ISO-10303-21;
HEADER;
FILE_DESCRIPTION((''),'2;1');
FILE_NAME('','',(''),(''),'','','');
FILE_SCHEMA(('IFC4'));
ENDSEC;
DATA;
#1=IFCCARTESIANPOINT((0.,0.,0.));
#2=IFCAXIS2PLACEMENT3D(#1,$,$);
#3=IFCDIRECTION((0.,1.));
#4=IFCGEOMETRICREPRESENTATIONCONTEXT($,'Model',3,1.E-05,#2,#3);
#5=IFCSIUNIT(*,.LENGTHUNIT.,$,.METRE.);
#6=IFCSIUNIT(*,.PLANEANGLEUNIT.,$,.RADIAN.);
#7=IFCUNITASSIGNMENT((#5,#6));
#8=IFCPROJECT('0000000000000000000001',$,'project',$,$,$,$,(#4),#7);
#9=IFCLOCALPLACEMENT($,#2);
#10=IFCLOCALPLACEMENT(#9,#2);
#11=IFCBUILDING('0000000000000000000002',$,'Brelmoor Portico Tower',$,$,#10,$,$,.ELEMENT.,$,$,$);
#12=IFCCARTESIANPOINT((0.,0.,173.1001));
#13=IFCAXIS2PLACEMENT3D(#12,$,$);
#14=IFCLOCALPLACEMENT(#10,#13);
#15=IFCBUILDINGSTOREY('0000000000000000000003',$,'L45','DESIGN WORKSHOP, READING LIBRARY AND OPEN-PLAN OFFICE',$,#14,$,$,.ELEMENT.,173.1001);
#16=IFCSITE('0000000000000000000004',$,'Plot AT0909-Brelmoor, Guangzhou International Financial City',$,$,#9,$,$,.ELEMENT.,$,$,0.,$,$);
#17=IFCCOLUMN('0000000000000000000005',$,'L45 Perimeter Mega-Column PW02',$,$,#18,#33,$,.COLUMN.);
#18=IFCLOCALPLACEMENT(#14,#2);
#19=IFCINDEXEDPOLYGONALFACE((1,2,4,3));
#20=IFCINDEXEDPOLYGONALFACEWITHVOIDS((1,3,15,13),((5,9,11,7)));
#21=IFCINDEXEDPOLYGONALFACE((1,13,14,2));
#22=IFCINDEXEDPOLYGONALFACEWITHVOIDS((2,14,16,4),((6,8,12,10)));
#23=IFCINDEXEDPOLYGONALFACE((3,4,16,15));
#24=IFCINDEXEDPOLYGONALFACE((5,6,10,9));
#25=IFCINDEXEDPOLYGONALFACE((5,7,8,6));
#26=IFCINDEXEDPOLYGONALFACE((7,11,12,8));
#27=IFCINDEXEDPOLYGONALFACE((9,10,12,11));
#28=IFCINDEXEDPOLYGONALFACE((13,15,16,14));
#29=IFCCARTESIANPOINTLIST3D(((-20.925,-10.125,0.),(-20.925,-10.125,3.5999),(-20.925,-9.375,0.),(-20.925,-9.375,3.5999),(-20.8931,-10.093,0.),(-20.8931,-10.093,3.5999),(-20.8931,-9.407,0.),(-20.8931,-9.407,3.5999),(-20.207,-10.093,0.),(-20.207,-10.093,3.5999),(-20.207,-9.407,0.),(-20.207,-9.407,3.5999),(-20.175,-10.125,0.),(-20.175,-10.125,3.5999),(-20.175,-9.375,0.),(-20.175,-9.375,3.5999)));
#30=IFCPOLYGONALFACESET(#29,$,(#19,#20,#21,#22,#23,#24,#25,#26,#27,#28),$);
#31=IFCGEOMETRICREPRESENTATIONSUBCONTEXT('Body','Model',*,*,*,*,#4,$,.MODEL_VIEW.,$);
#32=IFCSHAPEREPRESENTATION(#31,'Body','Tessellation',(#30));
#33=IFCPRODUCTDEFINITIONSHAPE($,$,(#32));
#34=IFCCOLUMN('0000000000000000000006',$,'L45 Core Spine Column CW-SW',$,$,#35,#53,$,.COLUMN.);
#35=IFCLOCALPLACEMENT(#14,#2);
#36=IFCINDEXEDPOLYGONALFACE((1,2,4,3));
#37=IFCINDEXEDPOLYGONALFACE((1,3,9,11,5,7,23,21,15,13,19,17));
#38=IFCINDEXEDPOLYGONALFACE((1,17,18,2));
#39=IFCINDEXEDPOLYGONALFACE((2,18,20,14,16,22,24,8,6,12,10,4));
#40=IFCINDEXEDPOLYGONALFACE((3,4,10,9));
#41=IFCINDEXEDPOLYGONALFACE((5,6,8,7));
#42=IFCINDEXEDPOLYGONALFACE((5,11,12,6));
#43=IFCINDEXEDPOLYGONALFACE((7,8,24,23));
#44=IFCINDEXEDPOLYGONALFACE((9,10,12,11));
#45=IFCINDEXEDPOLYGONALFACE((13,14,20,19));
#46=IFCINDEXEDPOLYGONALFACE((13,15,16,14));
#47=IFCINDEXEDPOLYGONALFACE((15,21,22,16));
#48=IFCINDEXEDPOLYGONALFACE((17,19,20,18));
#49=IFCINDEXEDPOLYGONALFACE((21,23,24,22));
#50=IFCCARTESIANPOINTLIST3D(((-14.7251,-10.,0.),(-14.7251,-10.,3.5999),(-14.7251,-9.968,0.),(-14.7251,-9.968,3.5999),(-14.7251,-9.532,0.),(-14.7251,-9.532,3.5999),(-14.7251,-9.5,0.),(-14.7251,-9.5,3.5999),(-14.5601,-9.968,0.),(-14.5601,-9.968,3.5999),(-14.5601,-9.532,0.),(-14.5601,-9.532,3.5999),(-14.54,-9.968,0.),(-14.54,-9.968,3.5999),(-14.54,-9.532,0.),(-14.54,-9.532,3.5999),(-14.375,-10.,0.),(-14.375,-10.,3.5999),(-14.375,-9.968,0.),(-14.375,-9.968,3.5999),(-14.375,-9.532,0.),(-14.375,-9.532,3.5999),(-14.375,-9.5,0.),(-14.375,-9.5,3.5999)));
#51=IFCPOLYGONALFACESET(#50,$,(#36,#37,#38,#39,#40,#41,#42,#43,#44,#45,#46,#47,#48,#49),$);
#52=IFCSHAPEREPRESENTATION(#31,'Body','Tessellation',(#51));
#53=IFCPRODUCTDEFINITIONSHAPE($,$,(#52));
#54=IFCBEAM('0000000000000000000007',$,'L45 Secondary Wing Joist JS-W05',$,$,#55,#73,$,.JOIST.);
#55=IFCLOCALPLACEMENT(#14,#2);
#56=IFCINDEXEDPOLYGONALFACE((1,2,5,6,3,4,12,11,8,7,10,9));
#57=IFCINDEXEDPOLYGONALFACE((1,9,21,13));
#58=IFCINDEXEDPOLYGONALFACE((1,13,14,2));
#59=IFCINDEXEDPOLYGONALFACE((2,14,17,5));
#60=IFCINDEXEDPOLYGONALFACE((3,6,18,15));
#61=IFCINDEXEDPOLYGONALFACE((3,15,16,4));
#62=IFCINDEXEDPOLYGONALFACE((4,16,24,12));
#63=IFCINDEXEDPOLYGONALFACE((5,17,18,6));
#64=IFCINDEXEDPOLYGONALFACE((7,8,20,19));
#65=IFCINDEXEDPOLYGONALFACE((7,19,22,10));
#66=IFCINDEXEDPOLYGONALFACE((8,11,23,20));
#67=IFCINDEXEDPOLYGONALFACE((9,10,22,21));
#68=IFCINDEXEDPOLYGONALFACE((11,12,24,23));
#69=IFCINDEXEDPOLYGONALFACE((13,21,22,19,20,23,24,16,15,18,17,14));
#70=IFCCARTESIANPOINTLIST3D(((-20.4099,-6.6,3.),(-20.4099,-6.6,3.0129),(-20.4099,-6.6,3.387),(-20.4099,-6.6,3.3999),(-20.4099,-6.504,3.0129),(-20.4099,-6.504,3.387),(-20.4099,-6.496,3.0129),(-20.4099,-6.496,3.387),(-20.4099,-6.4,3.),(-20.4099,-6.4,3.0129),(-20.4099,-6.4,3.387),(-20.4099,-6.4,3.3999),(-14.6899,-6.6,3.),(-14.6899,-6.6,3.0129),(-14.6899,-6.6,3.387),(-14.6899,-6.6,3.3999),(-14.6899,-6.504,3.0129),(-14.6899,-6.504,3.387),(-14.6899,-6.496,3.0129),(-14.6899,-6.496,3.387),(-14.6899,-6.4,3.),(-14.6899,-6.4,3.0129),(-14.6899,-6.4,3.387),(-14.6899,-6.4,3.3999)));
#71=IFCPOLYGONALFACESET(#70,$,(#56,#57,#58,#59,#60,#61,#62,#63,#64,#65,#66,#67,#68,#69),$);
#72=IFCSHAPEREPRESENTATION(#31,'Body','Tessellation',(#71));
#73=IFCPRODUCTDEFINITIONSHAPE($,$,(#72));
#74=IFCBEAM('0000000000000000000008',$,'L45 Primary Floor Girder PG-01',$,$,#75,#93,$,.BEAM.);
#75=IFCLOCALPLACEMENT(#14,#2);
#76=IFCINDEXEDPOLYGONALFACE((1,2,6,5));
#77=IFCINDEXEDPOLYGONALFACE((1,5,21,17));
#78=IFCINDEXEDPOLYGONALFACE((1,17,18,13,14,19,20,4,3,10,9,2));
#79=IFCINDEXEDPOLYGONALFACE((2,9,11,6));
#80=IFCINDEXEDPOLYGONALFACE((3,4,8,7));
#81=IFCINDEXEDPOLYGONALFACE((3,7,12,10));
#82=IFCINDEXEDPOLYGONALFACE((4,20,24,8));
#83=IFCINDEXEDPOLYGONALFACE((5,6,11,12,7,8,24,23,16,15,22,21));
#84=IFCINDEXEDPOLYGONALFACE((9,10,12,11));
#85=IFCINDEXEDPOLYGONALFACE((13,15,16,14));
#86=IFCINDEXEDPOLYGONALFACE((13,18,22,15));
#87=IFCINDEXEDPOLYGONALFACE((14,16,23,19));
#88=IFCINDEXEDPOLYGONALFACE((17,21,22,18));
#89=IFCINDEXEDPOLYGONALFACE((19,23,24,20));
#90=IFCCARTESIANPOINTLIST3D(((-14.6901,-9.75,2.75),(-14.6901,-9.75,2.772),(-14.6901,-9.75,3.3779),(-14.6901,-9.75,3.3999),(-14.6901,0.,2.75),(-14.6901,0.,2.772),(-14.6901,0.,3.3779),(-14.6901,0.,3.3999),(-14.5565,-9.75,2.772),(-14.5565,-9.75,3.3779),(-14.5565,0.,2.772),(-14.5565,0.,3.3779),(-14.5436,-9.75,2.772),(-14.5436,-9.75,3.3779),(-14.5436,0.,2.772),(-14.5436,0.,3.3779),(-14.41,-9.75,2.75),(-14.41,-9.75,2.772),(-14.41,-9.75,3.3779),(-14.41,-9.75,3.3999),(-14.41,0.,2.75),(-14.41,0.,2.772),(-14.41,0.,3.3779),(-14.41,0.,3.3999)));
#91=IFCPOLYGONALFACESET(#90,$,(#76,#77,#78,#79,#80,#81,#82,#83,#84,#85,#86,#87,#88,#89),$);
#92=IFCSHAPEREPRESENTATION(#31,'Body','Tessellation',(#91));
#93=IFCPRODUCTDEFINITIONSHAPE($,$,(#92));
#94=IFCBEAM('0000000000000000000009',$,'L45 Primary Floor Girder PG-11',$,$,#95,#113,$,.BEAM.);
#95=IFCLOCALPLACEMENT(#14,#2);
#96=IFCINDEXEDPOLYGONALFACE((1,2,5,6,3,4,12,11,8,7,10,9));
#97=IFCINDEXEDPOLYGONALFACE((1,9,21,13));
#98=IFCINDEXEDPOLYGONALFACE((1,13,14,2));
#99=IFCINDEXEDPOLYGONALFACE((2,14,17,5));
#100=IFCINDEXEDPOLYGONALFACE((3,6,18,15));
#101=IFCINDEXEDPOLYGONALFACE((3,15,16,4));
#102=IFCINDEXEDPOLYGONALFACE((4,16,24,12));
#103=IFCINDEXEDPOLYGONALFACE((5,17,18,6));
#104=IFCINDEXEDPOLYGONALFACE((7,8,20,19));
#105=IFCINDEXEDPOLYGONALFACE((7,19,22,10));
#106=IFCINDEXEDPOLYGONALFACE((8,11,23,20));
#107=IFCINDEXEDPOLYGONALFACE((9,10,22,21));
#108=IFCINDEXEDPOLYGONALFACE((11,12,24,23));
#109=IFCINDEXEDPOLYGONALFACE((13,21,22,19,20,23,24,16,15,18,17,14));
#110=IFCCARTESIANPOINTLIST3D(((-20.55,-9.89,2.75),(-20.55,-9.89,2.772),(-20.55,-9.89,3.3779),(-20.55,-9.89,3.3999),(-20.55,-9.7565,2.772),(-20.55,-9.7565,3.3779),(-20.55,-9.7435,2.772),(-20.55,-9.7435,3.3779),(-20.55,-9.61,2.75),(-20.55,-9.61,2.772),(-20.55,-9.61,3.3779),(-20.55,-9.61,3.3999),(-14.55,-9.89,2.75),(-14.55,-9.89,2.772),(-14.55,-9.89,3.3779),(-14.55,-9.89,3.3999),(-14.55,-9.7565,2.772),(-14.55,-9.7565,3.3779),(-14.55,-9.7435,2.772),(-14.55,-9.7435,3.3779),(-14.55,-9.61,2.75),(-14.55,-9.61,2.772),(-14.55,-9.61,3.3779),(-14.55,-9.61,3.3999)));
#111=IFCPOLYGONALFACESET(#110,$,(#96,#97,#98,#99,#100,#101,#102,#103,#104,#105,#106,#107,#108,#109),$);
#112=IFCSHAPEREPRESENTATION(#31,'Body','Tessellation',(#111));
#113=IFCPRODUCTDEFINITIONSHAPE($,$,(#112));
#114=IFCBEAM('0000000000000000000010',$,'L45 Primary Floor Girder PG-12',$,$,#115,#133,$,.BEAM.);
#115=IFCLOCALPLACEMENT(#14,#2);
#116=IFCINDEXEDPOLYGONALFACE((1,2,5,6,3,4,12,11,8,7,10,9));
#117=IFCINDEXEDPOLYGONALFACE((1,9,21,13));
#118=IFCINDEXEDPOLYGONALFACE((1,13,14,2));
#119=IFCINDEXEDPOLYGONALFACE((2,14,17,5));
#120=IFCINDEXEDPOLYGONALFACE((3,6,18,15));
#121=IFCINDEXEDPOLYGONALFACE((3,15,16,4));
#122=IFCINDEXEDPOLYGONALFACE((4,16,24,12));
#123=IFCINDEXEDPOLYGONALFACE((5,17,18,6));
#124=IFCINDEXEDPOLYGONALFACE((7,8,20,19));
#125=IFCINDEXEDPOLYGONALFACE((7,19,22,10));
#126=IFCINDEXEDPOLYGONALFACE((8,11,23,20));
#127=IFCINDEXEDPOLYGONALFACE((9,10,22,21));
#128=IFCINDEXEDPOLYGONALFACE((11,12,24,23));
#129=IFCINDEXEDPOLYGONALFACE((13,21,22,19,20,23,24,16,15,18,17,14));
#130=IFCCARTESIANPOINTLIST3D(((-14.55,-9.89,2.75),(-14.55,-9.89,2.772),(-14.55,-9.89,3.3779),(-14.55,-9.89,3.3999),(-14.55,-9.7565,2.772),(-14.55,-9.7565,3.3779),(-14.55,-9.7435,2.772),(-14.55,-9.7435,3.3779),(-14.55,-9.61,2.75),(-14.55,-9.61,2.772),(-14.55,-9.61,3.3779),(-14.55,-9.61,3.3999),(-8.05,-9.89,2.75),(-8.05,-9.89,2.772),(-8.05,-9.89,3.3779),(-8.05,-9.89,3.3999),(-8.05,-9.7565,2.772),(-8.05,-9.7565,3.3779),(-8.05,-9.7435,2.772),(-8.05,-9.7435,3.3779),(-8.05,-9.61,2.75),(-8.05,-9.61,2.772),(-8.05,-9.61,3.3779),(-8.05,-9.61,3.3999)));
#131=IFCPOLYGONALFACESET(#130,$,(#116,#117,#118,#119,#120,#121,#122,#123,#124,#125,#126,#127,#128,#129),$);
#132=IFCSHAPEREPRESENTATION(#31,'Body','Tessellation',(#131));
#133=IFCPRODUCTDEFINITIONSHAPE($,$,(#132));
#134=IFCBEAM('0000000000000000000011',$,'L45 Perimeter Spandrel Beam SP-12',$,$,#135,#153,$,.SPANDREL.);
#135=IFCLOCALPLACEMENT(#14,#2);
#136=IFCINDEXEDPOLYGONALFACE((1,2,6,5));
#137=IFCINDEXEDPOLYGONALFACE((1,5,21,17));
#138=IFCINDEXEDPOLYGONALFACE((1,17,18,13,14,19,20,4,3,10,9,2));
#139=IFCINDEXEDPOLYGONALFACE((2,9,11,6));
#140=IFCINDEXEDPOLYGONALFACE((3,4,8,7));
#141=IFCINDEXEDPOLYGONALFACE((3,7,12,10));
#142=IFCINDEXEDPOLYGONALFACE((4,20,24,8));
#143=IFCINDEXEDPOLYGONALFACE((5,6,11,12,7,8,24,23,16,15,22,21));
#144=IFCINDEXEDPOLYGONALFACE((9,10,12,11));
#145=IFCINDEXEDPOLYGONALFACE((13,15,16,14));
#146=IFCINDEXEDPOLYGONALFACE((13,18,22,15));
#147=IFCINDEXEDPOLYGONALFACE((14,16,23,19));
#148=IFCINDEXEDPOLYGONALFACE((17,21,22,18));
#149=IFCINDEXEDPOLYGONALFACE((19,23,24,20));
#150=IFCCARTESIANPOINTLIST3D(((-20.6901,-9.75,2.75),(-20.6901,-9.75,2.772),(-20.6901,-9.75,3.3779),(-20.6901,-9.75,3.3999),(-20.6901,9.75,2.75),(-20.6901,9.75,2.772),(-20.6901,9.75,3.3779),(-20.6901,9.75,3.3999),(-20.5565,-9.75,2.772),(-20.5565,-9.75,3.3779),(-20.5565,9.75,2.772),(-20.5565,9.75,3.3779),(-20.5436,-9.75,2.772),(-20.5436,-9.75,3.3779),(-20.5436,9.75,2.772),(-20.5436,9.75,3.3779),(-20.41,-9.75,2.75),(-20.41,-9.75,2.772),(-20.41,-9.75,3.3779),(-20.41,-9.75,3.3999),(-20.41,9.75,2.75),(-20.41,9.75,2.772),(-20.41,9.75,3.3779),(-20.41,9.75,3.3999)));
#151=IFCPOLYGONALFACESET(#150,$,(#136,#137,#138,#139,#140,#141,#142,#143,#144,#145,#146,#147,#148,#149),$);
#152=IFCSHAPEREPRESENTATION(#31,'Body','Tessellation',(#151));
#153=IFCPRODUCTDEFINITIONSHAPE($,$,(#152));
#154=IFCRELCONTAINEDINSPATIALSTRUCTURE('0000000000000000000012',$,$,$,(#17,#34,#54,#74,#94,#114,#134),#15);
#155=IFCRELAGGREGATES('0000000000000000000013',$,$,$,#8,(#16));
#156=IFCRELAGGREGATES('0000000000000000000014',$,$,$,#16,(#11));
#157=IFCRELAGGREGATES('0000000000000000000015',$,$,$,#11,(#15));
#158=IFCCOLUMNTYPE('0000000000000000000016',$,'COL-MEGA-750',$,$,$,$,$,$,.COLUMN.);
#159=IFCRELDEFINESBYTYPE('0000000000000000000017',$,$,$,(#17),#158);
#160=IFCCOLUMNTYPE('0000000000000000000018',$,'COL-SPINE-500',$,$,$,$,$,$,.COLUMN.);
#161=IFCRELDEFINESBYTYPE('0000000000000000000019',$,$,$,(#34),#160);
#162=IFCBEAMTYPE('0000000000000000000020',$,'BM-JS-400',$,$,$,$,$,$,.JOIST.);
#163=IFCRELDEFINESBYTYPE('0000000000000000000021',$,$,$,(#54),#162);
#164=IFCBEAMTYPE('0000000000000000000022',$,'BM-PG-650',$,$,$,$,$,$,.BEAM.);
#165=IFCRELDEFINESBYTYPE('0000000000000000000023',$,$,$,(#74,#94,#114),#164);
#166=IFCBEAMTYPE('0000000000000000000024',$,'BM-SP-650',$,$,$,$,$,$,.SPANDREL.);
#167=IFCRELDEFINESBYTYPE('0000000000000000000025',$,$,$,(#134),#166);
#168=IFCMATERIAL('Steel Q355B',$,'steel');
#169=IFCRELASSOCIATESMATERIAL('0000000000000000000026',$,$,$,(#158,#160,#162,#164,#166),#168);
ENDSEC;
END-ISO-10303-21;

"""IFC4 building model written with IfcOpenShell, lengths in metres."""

from ifc_helpers import new_model, si_unit, direction, frame, origin, origin_2d, place, context, subcontext, project, spatial, hollow_rectangle, i_section, extrude, material, material_profile, profile_set, type_object, element, save


model = new_model("IFC4")

# Units and contexts
model_context = context("Model", 3, precision=1e-05, world=origin(), true_north=direction((0.0, 1.0)))
body_context = subcontext(model_context, "Body", "Model", "MODEL_VIEW")
ifc_project = project(units=[si_unit("LENGTHUNIT", "METRE"), si_unit("PLANEANGLEUNIT", "RADIAN")], contexts=[model_context])

# Site, building, storey
site_placement = place(None, origin())
site = spatial("IfcSite", under=ifc_project, at=site_placement, Name="Plot AT0909-Brelmoor, Guangzhou International Financial City", CompositionType="ELEMENT", RefElevation=0.0)
building_placement = place(site_placement, origin())
building = spatial("IfcBuilding", under=site, at=building_placement, Name="Brelmoor Portico Tower", CompositionType="ELEMENT")
storey_placement = place(building_placement, frame((0.0, 0.0, 173.1001)))
storey = spatial("IfcBuildingStorey", under=building, at=storey_placement, Name="L45", Description="DESIGN WORKSHOP, READING LIBRARY AND OPEN-PLAN OFFICE", CompositionType="ELEMENT", Elevation=173.1001)

# Columns
ifc_material_1 = material(Name="Steel Q355B", Category="steel")
ifc_material_profile_1 = material_profile(ifc_material_1, hollow_rectangle(XDim=0.75, YDim=0.75, WallThickness=0.032, at=origin_2d()), Name="BOX 750x750x32")
ifc_profile_set_1 = profile_set([ifc_material_profile_1], Name="Steel Q355B")
column_type_1 = type_object("IfcColumnType", Name="COL-MEGA-750", PredefinedType="COLUMN", material=ifc_profile_set_1)
column_1_placement = place(storey_placement, frame((-20.55, -9.75, 0.0), z_axis=(0.0, 0.0, 1.0), x_axis=(0.0, 1.0, 0.0)))
element("IfcColumn", 1, at=column_1_placement, inside=storey, type_object=column_type_1, Name="L45 Perimeter Mega-Column PW02", PredefinedType="COLUMN", context=body_context, shape_type="SweptSolid", body=[
    extrude(hollow_rectangle(XDim=0.75, YDim=0.75, WallThickness=0.032, at=origin_2d()), origin(), (0.0, 0.0, 1.0), 3.5999),
])
ifc_material_profile_2 = material_profile(ifc_material_1, i_section(OverallWidth=0.3501, OverallDepth=0.5, WebThickness=0.02, FlangeThickness=0.032, at=origin_2d()), Name="HW 500x350x20x32")
ifc_profile_set_2 = profile_set([ifc_material_profile_2], Name="Steel Q355B")
column_type_2 = type_object("IfcColumnType", Name="COL-SPINE-500", PredefinedType="COLUMN", material=ifc_profile_set_2)
column_2_placement = place(storey_placement, frame((-14.55, -9.75, 0.0), z_axis=(0.0, 0.0, 1.0), x_axis=(1.0, 0.0, 0.0)))
element("IfcColumn", 2, at=column_2_placement, inside=storey, type_object=column_type_2, Name="L45 Core Spine Column CW-SW", PredefinedType="COLUMN", context=body_context, shape_type="SweptSolid", body=[
    extrude(i_section(OverallWidth=0.3501, OverallDepth=0.5, WebThickness=0.02, FlangeThickness=0.032, at=origin_2d()), origin(), (0.0, 0.0, 1.0), 3.5999),
])

# Beams
ifc_material_profile_3 = material_profile(ifc_material_1, i_section(OverallWidth=0.2, OverallDepth=0.3999, WebThickness=0.0081, FlangeThickness=0.0129, at=origin_2d()), Name="HN 400x200x8x13")
ifc_profile_set_3 = profile_set([ifc_material_profile_3], Name="Steel Q355B")
beam_type_1 = type_object("IfcBeamType", Name="BM-JS-400", PredefinedType="JOIST", material=ifc_profile_set_3)
beam_1_placement = place(storey_placement, frame((-20.4099, -6.5, 3.2), z_axis=(1.0, 0.0, 0.0), x_axis=(0.0, 1.0, 0.0)))
element("IfcBeam", 3, at=beam_1_placement, inside=storey, type_object=beam_type_1, Name="L45 Secondary Wing Joist JS-W05", PredefinedType="JOIST", context=body_context, shape_type="SweptSolid", body=[
    extrude(i_section(OverallWidth=0.2, OverallDepth=0.3999, WebThickness=0.0081, FlangeThickness=0.0129, at=origin_2d()), origin(), (0.0, 0.0, 1.0), 5.72),
])
ifc_material_profile_4 = material_profile(ifc_material_1, i_section(OverallWidth=0.28, OverallDepth=0.6499, WebThickness=0.0129, FlangeThickness=0.022, at=origin_2d()), Name="HN 650x280x13x22")
ifc_profile_set_4 = profile_set([ifc_material_profile_4], Name="Steel Q355B")
beam_type_2 = type_object("IfcBeamType", Name="BM-PG-650", PredefinedType="BEAM", material=ifc_profile_set_4)
beam_2_placement = place(storey_placement, frame((-14.55, -9.75, 3.075), z_axis=(0.0, 1.0, 0.0), x_axis=(-1.0, 0.0, 0.0)))
element("IfcBeam", 4, at=beam_2_placement, inside=storey, type_object=beam_type_2, Name="L45 Primary Floor Girder PG-01", PredefinedType="BEAM", context=body_context, shape_type="SweptSolid", body=[
    extrude(i_section(OverallWidth=0.28, OverallDepth=0.6499, WebThickness=0.0129, FlangeThickness=0.022, at=origin_2d()), origin(), (0.0, 0.0, 1.0), 9.75),
])
beam_3_placement = place(storey_placement, frame((-20.55, -9.75, 3.075), z_axis=(1.0, 0.0, 0.0), x_axis=(0.0, 1.0, 0.0)))
element("IfcBeam", 5, at=beam_3_placement, inside=storey, type_object=beam_type_2, Name="L45 Primary Floor Girder PG-11", PredefinedType="BEAM", context=body_context, shape_type="SweptSolid", body=[
    extrude(i_section(OverallWidth=0.28, OverallDepth=0.6499, WebThickness=0.0129, FlangeThickness=0.022, at=origin_2d()), origin(), (0.0, 0.0, 1.0), 6.0),
])
beam_4_placement = place(storey_placement, frame((-14.55, -9.75, 3.075), z_axis=(1.0, 0.0, 0.0), x_axis=(0.0, 1.0, 0.0)))
element("IfcBeam", 6, at=beam_4_placement, inside=storey, type_object=beam_type_2, Name="L45 Primary Floor Girder PG-12", PredefinedType="BEAM", context=body_context, shape_type="SweptSolid", body=[
    extrude(i_section(OverallWidth=0.28, OverallDepth=0.6499, WebThickness=0.0129, FlangeThickness=0.022, at=origin_2d()), origin(), (0.0, 0.0, 1.0), 6.5),
])
ifc_material_profile_5 = material_profile(ifc_material_1, i_section(OverallWidth=0.28, OverallDepth=0.6499, WebThickness=0.0129, FlangeThickness=0.022, at=origin_2d()), Name="HN 650x280x13x22")
ifc_profile_set_5 = profile_set([ifc_material_profile_5], Name="Steel Q355B")
beam_type_3 = type_object("IfcBeamType", Name="BM-SP-650", PredefinedType="SPANDREL", material=ifc_profile_set_5)
beam_5_placement = place(storey_placement, frame((-20.55, -9.75, 3.075), z_axis=(0.0, 1.0, 0.0), x_axis=(-1.0, 0.0, 0.0)))
element("IfcBeam", 7, at=beam_5_placement, inside=storey, type_object=beam_type_3, Name="L45 Perimeter Spandrel Beam SP-12", PredefinedType="SPANDREL", context=body_context, shape_type="SweptSolid", body=[
    extrude(i_section(OverallWidth=0.28, OverallDepth=0.6499, WebThickness=0.0129, FlangeThickness=0.022, at=origin_2d()), origin(), (0.0, 0.0, 1.0), 19.5),
])

save(model, "model.ifc")
